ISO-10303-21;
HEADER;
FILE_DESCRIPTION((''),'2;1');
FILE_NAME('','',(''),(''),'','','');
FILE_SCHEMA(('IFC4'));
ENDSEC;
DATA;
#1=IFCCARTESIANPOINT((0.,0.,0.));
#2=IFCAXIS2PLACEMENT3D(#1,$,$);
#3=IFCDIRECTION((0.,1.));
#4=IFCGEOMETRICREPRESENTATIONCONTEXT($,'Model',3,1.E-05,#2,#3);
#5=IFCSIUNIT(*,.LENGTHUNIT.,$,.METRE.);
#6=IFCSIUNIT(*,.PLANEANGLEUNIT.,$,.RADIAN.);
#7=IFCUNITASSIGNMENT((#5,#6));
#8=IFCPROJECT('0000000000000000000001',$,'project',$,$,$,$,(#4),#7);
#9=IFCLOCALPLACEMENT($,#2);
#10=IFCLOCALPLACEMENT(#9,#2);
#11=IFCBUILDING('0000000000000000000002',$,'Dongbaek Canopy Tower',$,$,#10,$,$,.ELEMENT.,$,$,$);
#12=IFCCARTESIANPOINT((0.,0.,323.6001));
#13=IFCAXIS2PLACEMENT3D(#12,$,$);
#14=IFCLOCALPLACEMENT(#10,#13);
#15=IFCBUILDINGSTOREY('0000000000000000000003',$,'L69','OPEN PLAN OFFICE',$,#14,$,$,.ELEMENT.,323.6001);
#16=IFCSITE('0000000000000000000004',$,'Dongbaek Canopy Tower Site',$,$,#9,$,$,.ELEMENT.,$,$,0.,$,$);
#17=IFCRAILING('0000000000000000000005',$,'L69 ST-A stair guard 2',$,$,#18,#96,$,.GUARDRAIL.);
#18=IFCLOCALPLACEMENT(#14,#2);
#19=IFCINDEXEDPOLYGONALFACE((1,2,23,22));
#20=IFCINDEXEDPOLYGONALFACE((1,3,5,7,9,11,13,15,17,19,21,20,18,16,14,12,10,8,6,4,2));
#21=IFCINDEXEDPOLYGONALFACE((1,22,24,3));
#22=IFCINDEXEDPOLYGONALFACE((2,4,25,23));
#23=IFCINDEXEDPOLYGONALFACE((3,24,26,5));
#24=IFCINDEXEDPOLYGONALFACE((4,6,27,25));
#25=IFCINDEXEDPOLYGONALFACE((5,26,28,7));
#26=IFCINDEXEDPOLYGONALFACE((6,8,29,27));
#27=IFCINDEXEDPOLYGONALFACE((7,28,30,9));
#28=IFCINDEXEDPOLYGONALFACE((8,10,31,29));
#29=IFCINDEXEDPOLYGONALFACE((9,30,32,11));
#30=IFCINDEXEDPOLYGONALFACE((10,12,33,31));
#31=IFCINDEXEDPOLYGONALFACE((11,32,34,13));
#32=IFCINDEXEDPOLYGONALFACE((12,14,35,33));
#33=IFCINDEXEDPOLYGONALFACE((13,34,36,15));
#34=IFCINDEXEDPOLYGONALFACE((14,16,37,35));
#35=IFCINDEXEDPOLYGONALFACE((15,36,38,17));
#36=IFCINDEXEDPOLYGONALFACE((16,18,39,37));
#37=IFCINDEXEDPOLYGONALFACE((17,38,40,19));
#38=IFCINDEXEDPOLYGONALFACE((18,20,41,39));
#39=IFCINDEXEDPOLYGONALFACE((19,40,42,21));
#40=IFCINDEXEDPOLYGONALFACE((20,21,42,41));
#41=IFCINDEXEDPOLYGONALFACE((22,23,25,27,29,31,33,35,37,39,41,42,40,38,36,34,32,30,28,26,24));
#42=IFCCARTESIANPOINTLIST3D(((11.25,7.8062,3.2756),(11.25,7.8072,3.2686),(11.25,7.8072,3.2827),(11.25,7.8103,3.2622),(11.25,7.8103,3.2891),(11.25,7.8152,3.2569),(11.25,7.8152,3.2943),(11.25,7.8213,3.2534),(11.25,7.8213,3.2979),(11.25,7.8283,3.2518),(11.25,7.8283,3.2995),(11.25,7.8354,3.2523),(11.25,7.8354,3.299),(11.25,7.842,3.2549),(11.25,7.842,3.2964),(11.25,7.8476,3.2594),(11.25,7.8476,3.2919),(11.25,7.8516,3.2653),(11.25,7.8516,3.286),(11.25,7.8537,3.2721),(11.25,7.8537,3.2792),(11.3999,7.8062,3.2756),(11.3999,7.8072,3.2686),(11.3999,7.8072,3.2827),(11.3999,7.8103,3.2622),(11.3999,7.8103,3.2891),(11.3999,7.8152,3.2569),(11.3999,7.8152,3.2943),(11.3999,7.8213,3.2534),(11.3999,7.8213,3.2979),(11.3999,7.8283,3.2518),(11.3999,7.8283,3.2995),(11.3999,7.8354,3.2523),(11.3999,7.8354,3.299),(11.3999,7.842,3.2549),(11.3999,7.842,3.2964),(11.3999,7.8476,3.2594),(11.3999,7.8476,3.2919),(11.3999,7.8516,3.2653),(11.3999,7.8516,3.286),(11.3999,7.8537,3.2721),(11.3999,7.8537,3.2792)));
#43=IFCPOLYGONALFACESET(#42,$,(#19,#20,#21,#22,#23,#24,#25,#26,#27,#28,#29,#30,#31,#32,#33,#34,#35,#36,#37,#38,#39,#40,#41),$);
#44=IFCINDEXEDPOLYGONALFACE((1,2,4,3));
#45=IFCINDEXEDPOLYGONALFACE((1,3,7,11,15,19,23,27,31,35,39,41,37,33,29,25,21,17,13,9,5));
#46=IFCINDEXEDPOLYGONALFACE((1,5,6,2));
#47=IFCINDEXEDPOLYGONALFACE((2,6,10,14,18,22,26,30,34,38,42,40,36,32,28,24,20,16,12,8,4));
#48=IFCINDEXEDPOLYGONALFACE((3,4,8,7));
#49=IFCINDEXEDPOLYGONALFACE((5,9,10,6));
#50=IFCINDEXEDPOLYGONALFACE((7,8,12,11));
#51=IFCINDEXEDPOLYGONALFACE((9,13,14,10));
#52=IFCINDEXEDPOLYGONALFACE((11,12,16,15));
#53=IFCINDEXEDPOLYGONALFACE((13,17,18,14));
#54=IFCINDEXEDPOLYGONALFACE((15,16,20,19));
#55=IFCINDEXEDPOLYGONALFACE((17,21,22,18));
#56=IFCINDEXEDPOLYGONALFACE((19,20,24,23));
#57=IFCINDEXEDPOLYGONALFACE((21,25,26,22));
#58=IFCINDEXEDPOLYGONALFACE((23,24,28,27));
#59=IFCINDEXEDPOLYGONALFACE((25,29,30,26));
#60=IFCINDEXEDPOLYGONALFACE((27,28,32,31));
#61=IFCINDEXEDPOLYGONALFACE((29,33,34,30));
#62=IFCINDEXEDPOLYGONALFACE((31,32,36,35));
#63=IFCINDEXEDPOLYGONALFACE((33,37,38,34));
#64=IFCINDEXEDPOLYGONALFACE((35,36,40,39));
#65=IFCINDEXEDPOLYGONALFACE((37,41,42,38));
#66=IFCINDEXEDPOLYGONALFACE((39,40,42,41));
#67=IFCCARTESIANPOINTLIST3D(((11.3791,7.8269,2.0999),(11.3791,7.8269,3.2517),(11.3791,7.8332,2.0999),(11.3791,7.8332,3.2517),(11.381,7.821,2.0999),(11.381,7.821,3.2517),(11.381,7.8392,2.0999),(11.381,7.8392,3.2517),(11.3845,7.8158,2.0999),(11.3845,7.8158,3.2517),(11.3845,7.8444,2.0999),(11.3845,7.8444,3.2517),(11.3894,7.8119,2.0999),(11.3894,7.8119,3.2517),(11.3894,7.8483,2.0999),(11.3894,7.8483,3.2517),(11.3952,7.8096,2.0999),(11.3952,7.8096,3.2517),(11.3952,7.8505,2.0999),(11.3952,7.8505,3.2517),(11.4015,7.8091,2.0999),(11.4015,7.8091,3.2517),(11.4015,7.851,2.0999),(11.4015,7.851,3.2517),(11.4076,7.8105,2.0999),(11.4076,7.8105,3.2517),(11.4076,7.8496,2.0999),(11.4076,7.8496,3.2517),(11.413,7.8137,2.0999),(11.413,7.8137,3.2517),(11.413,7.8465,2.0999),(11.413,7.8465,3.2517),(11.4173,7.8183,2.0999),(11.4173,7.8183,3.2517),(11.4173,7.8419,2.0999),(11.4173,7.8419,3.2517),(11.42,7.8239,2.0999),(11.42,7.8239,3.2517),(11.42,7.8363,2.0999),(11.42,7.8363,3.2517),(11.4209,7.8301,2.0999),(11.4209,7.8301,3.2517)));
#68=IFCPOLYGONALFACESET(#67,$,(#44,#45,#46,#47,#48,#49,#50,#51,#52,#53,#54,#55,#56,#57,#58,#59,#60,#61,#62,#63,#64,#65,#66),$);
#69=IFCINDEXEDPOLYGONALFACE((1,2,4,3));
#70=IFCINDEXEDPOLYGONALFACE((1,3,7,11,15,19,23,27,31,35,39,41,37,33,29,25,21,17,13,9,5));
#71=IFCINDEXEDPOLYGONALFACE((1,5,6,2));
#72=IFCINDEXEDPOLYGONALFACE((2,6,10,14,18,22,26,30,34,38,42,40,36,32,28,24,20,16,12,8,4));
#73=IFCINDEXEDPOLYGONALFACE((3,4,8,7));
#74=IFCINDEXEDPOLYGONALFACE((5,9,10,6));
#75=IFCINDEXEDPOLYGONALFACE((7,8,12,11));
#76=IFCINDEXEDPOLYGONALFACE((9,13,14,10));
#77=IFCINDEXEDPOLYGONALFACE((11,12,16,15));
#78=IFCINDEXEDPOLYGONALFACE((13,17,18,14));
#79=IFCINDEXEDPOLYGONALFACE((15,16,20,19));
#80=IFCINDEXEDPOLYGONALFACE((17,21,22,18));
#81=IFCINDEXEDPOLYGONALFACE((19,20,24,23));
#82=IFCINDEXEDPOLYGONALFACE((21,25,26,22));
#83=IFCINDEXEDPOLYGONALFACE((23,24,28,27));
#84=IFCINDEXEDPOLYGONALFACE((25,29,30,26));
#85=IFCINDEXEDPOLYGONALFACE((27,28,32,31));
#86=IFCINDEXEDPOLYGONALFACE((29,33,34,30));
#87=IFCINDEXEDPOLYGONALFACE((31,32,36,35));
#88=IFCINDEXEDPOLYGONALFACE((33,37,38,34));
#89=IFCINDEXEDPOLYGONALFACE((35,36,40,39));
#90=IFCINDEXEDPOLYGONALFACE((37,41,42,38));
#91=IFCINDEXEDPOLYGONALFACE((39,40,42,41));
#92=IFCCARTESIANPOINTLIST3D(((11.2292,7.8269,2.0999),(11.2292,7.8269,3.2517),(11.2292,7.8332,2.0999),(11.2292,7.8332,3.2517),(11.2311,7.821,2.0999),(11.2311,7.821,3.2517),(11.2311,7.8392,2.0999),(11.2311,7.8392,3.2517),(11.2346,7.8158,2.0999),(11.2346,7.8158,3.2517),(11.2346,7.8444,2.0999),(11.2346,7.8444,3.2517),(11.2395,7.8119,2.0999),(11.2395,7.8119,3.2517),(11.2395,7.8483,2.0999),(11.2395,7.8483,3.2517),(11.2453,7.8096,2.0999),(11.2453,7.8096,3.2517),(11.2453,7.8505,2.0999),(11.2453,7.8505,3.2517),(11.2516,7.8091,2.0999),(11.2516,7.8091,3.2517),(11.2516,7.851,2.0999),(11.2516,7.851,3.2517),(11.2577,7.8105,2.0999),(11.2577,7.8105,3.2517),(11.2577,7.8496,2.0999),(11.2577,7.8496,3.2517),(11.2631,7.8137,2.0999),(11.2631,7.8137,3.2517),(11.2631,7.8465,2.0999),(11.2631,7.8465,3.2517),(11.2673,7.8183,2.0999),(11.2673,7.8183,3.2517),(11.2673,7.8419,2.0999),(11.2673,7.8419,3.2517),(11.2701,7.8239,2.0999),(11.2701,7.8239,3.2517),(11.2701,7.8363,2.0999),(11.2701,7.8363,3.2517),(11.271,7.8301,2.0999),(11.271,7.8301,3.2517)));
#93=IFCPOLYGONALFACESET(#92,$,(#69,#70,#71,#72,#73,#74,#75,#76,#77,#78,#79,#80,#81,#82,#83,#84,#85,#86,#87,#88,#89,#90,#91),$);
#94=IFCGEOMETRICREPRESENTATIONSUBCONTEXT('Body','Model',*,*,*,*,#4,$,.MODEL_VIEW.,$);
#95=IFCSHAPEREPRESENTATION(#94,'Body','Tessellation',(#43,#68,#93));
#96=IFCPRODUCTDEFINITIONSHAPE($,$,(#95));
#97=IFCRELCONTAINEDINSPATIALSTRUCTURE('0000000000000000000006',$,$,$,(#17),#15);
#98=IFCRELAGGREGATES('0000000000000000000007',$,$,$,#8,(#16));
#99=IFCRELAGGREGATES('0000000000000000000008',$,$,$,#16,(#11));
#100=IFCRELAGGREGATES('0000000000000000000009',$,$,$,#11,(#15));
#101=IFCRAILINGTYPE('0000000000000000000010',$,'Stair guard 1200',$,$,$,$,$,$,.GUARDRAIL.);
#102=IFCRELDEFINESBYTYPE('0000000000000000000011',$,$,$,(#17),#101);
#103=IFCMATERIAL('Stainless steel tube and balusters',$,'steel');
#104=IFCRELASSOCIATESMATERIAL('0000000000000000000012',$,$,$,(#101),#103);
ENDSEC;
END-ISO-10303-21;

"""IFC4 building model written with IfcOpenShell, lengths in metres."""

from ifc_helpers import new_model, si_unit, direction, frame, origin, origin_2d, place, context, subcontext, project, spatial, circle, extrude, material, type_object, element, save


model = new_model("IFC4")

# Units and contexts
model_context = context("Model", 3, precision=1e-05, world=origin(), true_north=direction((0.0, 1.0)))
body_context = subcontext(model_context, "Body", "Model", "MODEL_VIEW")
ifc_project = project(units=[si_unit("LENGTHUNIT", "METRE"), si_unit("PLANEANGLEUNIT", "RADIAN")], contexts=[model_context])

# Site, building, storey
site_placement = place(None, origin())
site = spatial("IfcSite", under=ifc_project, at=site_placement, Name="Dongbaek Canopy Tower Site", CompositionType="ELEMENT", RefElevation=0.0)
building_placement = place(site_placement, origin())
building = spatial("IfcBuilding", under=site, at=building_placement, Name="Dongbaek Canopy Tower", CompositionType="ELEMENT")
storey_placement = place(building_placement, frame((0.0, 0.0, 323.6001)))
storey = spatial("IfcBuildingStorey", under=building, at=storey_placement, Name="L69", Description="OPEN PLAN OFFICE", CompositionType="ELEMENT", Elevation=323.6001)

# Railing
ifc_material_1 = material(Name="Stainless steel tube and balusters", Category="steel")
railing_type_1 = type_object("IfcRailingType", Name="Stair guard 1200", PredefinedType="GUARDRAIL", material=ifc_material_1)
railing_1_placement = place(storey_placement, frame((11.3999, 7.8301, 2.0999)))
element("IfcRailing", 1, at=railing_1_placement, inside=storey, type_object=railing_type_1, Name="L69 ST-A stair guard 2", PredefinedType="GUARDRAIL", context=body_context, shape_type="SweptSolid", body=[
    extrude(circle(Radius=0.0239, at=origin_2d()), frame((0.0, 0.0, 1.1758), z_axis=(-1.0, 0.0, 0.0), x_axis=(0.0, -1.0, 0.0)), (0.0, 0.0, 1.0), 0.1499),
    extrude(circle(Radius=0.021, at=origin_2d()), origin(), (0.0, 0.0, 1.0), 1.1519),
    extrude(circle(Radius=0.021, at=origin_2d()), frame((-0.1499, 0.0, 0.0)), (0.0, 0.0, 1.0), 1.1519),
])

save(model, "model.ifc")
